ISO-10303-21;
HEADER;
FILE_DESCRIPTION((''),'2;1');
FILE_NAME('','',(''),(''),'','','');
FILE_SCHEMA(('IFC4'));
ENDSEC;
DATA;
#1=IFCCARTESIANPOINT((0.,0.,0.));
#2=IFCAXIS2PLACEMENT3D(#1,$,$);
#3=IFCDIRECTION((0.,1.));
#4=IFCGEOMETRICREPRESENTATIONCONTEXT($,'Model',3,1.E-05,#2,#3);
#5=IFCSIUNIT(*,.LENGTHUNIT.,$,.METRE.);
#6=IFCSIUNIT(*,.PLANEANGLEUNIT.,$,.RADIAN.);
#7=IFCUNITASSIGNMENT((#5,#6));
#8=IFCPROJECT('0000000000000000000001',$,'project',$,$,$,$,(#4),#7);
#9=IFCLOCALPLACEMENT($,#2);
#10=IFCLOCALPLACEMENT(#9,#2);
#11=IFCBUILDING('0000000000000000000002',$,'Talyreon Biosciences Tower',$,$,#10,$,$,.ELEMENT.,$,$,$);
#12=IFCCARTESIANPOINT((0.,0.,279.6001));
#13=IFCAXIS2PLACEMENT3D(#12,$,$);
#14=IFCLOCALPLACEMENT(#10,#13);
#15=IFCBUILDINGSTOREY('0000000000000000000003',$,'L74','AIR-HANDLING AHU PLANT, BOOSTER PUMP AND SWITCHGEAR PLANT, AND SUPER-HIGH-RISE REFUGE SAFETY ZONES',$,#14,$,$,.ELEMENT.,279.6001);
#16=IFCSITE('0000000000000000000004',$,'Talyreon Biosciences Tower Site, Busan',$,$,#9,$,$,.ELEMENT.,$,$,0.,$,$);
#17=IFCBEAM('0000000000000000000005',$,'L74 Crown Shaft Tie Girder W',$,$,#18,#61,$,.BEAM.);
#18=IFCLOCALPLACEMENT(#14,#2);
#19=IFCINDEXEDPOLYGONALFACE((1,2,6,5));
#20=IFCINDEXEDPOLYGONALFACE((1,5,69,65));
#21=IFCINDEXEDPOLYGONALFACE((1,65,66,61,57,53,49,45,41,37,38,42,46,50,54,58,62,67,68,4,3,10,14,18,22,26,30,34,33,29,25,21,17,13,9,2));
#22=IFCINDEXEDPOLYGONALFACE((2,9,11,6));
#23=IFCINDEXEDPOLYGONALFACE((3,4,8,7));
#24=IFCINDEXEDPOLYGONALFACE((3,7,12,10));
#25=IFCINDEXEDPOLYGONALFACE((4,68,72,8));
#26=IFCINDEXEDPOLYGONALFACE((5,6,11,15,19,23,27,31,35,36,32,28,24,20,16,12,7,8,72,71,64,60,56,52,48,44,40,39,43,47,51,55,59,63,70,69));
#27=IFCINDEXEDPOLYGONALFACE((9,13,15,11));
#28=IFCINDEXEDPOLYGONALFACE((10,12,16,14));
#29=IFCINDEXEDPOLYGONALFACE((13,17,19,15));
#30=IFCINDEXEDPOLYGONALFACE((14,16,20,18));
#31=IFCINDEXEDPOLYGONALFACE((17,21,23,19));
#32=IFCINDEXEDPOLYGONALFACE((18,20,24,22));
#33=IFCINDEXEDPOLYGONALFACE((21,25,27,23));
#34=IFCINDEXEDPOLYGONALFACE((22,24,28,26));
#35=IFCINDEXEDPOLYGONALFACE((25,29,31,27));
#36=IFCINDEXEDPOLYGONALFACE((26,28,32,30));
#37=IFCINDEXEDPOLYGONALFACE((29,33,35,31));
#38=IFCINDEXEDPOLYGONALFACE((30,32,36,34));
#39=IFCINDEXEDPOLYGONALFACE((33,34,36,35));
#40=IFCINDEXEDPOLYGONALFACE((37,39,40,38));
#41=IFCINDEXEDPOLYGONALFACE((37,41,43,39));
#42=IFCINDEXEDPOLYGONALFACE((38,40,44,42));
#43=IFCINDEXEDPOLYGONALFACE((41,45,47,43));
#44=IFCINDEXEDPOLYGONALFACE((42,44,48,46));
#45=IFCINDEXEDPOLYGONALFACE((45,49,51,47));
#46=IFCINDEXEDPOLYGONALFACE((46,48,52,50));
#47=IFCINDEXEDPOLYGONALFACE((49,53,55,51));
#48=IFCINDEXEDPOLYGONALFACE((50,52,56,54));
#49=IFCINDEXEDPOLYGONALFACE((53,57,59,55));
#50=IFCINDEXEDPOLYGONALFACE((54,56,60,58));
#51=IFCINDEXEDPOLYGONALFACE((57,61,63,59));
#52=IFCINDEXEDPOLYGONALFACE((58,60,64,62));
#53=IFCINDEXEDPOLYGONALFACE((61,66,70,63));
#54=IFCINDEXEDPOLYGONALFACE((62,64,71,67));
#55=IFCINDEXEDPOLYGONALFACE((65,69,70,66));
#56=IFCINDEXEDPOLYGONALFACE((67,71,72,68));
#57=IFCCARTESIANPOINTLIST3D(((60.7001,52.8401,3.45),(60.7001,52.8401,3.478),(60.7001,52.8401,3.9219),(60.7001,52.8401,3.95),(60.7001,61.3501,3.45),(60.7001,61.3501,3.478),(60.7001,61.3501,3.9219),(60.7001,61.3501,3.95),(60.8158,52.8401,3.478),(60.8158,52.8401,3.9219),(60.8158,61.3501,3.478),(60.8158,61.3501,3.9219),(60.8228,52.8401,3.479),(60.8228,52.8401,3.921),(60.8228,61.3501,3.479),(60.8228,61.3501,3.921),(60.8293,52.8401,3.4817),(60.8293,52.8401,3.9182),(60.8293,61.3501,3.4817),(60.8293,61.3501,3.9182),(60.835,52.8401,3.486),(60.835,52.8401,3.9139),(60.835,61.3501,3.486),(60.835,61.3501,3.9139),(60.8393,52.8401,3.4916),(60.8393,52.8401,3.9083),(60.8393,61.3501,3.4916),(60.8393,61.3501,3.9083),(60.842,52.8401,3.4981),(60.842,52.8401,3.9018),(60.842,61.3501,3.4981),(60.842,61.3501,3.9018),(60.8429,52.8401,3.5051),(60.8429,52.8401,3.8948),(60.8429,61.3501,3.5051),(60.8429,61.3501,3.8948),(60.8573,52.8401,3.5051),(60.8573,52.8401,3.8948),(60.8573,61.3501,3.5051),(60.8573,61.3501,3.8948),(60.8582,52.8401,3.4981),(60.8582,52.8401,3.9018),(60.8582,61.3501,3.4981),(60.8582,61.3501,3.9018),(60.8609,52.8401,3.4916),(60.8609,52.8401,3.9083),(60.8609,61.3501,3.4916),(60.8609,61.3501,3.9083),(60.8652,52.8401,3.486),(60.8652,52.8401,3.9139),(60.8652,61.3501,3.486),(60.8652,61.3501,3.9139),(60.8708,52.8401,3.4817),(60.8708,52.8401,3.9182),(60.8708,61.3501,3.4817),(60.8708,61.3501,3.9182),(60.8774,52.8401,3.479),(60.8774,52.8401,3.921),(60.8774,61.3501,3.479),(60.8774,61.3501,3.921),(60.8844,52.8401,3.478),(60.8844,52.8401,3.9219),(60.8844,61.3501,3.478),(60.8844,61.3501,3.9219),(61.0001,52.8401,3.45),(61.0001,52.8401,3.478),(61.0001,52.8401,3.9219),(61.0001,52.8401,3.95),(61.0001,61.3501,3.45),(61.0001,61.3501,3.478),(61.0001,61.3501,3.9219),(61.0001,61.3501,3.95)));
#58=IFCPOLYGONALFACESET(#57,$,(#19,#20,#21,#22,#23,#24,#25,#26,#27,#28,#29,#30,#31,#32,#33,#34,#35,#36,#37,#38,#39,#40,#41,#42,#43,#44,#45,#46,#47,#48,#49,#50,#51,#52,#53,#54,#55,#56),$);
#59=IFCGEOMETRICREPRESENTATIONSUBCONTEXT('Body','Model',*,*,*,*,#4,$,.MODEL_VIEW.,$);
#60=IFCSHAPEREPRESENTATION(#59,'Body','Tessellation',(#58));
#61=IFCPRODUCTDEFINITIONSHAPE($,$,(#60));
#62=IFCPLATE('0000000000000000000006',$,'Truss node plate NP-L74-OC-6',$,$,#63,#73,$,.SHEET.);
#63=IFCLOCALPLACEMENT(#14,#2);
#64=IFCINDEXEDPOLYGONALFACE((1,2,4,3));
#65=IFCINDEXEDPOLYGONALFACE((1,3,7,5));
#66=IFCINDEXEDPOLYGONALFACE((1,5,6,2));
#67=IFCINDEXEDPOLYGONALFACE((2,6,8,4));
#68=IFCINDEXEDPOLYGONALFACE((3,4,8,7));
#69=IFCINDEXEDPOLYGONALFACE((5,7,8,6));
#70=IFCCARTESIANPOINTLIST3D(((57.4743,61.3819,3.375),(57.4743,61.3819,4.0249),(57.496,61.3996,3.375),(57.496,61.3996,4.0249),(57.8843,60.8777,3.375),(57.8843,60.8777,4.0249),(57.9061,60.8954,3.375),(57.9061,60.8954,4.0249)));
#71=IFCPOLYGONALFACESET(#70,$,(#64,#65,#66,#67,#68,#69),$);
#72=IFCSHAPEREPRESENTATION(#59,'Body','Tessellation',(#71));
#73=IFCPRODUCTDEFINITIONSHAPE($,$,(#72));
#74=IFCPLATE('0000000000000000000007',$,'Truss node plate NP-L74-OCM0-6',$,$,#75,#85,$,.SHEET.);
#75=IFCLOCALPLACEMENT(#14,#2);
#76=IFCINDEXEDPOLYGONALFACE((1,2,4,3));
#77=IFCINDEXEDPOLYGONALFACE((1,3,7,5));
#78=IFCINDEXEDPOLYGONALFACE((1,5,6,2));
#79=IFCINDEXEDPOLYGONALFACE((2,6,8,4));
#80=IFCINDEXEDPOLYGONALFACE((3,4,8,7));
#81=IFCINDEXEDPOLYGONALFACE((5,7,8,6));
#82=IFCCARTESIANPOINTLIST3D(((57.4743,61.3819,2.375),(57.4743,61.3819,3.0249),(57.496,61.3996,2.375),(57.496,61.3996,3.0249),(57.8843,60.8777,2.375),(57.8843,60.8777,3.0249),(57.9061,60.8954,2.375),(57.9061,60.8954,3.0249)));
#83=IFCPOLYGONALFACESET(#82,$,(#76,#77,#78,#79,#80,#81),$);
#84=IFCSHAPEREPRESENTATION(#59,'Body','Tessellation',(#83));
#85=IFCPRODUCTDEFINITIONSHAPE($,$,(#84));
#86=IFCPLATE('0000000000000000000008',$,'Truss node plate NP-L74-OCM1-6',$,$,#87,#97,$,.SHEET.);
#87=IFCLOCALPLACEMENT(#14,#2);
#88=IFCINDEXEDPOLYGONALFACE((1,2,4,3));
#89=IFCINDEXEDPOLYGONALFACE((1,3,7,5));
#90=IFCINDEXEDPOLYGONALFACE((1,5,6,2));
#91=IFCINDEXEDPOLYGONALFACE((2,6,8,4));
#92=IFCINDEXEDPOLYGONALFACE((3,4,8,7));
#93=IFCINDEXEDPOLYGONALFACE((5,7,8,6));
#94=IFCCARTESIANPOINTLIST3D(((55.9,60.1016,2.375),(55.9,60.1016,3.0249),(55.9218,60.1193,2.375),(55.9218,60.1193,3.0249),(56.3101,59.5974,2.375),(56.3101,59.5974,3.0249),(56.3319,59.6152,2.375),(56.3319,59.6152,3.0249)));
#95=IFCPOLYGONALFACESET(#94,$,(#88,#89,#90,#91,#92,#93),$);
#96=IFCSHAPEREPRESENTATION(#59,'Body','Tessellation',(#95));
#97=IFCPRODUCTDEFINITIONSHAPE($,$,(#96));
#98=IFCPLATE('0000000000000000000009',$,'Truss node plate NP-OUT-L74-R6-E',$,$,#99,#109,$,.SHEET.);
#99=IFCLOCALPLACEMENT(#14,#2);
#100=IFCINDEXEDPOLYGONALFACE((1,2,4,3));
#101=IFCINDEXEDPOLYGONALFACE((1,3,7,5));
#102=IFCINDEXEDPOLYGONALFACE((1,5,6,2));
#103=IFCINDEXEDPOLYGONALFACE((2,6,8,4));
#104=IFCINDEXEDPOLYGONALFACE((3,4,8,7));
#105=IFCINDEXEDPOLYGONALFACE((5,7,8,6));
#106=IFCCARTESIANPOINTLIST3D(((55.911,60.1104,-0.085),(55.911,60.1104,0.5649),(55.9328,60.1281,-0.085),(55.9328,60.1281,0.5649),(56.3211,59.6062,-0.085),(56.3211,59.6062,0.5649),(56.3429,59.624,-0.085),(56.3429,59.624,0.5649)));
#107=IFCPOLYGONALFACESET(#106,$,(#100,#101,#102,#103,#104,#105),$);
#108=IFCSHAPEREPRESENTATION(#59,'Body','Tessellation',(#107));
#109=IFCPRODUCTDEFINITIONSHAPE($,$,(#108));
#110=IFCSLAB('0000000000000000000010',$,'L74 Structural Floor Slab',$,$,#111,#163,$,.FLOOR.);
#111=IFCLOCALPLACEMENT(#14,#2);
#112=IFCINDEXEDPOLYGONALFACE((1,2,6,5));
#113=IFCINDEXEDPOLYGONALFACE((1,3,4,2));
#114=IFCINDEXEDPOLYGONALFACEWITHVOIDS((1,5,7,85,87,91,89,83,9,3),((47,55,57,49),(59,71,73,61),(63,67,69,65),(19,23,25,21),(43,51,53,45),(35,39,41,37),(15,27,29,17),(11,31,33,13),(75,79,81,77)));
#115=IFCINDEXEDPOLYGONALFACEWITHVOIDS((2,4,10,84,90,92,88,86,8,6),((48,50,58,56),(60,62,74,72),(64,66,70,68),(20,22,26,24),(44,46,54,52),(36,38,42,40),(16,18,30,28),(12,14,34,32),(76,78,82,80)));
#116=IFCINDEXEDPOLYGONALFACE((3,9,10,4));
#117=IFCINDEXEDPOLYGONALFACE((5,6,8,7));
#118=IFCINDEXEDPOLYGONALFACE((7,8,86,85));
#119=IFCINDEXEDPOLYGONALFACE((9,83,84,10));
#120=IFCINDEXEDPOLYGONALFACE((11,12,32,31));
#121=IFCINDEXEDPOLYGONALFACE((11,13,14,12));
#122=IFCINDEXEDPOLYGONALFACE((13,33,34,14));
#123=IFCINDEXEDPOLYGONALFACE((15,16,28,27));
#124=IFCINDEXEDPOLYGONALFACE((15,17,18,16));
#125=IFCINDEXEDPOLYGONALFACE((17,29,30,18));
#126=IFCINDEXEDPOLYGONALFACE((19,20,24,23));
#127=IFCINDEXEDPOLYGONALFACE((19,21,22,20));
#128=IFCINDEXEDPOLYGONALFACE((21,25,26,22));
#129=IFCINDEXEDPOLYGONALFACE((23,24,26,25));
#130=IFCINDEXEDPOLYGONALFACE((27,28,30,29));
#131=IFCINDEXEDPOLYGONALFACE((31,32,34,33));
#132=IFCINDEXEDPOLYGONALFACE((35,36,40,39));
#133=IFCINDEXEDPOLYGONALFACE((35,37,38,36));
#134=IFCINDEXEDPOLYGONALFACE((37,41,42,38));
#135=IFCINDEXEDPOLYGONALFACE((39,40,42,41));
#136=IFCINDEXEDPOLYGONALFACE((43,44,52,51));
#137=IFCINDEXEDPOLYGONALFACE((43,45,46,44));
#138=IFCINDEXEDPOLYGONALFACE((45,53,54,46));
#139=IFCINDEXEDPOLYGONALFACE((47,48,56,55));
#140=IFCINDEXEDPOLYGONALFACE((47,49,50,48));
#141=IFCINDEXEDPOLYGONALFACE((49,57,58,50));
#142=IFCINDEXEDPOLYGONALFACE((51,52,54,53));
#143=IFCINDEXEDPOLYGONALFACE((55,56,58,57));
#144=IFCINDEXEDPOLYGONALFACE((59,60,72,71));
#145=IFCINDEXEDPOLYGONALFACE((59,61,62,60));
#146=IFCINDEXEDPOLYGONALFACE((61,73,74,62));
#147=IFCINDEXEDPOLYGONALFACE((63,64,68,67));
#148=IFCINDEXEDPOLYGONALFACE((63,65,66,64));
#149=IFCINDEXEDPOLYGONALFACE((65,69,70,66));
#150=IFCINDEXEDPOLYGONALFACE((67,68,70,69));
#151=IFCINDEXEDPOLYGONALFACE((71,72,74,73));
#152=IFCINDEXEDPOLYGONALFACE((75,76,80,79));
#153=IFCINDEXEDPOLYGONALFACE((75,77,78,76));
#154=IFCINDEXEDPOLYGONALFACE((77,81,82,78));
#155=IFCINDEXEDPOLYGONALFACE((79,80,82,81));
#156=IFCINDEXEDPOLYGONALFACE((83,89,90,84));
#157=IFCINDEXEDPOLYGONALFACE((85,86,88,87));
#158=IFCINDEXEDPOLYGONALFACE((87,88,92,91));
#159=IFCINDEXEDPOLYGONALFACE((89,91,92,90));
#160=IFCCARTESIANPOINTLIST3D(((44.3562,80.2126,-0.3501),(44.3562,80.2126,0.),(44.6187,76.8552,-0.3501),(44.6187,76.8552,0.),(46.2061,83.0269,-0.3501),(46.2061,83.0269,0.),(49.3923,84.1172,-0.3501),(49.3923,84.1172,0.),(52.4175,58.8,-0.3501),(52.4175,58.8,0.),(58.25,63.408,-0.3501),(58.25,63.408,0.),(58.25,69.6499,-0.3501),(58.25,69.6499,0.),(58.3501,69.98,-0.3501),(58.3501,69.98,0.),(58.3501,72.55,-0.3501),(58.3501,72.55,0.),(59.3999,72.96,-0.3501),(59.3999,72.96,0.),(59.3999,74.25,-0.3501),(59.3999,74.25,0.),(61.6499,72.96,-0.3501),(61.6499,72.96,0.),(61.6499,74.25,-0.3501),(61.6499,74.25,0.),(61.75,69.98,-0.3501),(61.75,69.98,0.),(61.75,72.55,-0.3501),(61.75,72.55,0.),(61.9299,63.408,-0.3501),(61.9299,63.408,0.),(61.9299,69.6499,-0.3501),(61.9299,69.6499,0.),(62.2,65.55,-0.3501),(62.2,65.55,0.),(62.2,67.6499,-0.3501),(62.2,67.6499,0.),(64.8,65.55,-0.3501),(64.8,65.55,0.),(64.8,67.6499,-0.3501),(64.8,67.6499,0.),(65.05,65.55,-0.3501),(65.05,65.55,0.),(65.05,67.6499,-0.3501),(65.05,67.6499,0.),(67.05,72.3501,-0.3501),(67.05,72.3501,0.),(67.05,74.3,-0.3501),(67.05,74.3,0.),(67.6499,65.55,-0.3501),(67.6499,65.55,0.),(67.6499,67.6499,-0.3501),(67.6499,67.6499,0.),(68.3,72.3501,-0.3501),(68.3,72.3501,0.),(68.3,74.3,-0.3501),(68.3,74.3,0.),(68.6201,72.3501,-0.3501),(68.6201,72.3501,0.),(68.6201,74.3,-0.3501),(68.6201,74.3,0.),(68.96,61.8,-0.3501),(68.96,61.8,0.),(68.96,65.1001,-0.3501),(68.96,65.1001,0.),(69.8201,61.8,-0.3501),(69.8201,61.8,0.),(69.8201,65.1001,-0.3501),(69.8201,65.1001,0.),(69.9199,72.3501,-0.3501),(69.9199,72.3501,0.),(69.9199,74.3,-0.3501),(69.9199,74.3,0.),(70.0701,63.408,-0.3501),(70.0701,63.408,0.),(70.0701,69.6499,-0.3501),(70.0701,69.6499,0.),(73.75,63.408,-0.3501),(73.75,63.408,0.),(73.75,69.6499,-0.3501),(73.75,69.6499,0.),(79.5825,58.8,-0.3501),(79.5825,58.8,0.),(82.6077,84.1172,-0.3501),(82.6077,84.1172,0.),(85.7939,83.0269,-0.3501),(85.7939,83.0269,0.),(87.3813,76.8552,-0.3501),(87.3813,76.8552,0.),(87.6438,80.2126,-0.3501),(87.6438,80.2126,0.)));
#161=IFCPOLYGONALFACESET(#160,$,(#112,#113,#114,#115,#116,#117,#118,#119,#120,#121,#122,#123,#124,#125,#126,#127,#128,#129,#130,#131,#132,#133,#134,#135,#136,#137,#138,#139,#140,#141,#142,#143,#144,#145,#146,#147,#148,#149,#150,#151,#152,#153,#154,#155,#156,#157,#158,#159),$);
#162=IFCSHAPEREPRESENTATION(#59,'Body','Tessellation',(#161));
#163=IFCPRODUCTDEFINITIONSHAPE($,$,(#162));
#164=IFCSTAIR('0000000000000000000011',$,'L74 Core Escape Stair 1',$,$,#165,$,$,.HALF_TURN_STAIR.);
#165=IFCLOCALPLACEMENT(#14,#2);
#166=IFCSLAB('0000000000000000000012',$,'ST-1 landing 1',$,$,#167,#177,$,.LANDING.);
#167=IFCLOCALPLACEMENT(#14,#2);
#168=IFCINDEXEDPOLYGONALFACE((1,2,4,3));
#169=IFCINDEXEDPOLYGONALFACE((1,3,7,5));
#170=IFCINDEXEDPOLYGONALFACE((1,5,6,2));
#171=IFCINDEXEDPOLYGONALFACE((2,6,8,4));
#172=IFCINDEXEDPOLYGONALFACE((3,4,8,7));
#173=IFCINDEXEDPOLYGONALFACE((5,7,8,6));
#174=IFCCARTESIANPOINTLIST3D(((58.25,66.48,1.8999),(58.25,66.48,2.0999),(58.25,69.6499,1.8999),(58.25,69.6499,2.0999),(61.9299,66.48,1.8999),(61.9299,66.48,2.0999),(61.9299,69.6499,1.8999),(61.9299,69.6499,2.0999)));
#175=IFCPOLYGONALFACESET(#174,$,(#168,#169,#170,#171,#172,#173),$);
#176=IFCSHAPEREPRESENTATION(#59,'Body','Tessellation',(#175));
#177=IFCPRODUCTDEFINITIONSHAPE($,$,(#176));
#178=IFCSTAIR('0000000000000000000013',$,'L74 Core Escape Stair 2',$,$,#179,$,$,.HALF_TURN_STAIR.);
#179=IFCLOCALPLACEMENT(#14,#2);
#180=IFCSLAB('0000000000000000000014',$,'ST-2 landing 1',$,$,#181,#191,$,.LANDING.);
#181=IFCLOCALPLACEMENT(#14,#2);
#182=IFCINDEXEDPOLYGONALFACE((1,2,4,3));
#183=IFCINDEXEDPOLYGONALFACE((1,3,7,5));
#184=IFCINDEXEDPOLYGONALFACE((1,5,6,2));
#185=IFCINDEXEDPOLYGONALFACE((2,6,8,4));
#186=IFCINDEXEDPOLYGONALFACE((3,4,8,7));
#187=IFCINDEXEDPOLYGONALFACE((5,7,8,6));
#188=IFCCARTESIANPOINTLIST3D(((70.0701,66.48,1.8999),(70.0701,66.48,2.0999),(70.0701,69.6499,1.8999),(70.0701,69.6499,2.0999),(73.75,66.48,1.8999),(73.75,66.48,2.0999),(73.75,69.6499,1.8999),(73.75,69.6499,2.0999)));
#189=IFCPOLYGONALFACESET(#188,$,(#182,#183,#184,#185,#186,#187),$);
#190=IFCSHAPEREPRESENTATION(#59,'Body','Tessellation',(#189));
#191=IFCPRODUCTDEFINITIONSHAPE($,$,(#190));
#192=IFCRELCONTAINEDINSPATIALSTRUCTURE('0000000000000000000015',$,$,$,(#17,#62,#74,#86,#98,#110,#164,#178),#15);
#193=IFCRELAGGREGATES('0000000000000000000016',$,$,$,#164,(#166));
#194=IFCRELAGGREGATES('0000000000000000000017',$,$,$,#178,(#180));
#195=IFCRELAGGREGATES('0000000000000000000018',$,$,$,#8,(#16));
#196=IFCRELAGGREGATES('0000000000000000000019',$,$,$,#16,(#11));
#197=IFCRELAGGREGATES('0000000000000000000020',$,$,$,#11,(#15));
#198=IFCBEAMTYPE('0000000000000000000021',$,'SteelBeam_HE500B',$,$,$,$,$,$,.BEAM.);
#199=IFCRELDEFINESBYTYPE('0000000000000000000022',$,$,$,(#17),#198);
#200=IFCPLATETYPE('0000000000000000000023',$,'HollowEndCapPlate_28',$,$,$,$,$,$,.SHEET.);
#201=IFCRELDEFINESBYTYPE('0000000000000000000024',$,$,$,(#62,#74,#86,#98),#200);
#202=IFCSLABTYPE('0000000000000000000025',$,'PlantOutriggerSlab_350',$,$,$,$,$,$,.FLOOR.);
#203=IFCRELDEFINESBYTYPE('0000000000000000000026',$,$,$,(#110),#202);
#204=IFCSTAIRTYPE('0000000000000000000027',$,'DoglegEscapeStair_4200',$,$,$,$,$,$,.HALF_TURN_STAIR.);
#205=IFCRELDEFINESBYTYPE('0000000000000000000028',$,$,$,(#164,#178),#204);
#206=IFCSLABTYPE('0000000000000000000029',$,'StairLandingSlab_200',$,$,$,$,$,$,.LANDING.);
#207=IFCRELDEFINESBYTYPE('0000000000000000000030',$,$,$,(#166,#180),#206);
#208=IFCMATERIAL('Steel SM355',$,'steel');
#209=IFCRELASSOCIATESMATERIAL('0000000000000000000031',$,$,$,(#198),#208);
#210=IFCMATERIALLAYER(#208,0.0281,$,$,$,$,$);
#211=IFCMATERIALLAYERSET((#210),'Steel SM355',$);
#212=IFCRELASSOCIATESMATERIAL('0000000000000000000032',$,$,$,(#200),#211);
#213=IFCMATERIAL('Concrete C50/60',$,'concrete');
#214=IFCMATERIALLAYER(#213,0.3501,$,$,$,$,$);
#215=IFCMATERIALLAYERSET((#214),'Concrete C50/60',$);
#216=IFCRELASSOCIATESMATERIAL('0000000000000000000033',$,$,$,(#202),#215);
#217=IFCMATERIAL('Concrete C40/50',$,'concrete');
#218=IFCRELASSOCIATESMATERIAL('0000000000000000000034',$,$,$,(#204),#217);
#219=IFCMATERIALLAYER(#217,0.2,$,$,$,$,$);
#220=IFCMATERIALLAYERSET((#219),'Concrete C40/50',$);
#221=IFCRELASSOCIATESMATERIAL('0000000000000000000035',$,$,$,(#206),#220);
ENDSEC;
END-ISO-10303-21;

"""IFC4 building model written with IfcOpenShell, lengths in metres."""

from ifc_helpers import new_model, si_unit, direction, frame, origin, origin_2d, place, context, subcontext, project, spatial, polyline, rectangle, i_section, outline, extrude, material, layer, layer_set, material_profile, profile_set, type_object, element, aggregate, save


model = new_model("IFC4")

# Units and contexts
model_context = context("Model", 3, precision=1e-05, world=origin(), true_north=direction((0.0, 1.0)))
body_context = subcontext(model_context, "Body", "Model", "MODEL_VIEW")
ifc_project = project(units=[si_unit("LENGTHUNIT", "METRE"), si_unit("PLANEANGLEUNIT", "RADIAN")], contexts=[model_context])

# Site, building, storey
site_placement = place(None, origin())
site = spatial("IfcSite", under=ifc_project, at=site_placement, Name="Talyreon Biosciences Tower Site, Busan", CompositionType="ELEMENT", RefElevation=0.0)
building_placement = place(site_placement, origin())
building = spatial("IfcBuilding", under=site, at=building_placement, Name="Talyreon Biosciences Tower", CompositionType="ELEMENT")
storey_placement = place(building_placement, frame((0.0, 0.0, 279.6001)))
storey = spatial("IfcBuildingStorey", under=building, at=storey_placement, Name="L74", Description="AIR-HANDLING AHU PLANT, BOOSTER PUMP AND SWITCHGEAR PLANT, AND SUPER-HIGH-RISE REFUGE SAFETY ZONES", CompositionType="ELEMENT", Elevation=279.6001)

# Shared definitions
ifc_material_1 = material(Name="Concrete C50/60", Category="concrete")

# Shared definitions
ifc_material_2 = material(Name="Steel SM355", Category="steel")

# Beam
ifc_material_profile_1 = material_profile(ifc_material_2, i_section(OverallWidth=0.3, OverallDepth=0.5, WebThickness=0.0144, FlangeThickness=0.0281, FilletRadius=0.0271, at=origin_2d()), Name="HE500B")
ifc_profile_set_1 = profile_set([ifc_material_profile_1], Name="Steel SM355")
beam_type_1 = type_object("IfcBeamType", Name="SteelBeam_HE500B", PredefinedType="BEAM", material=ifc_profile_set_1)
beam_1_placement = place(storey_placement, frame((60.8501, 52.8401, 3.7), z_axis=(0.0, 1.0, 0.0), x_axis=(-1.0, 0.0, 0.0)))
element("IfcBeam", 1, at=beam_1_placement, inside=storey, type_object=beam_type_1, Name="L74 Crown Shaft Tie Girder W", PredefinedType="BEAM", context=body_context, shape_type="SweptSolid", body=[
    extrude(i_section(OverallWidth=0.3, OverallDepth=0.5, WebThickness=0.0144, FlangeThickness=0.0281, FilletRadius=0.0271, at=origin_2d()), origin(), (0.0, 0.0, 1.0), 8.51),
])

# Plates
ifc_layer_1 = layer(ifc_material_2, 0.0281)
ifc_layer_set_1 = layer_set([ifc_layer_1], Name="Steel SM355")
plate_type_1 = type_object("IfcPlateType", Name="HollowEndCapPlate_28", PredefinedType="SHEET", material=ifc_layer_set_1)
for number, where, z_axis, x_axis, name in (
    (2, (57.6902, 61.1387, 3.375), (0.0, 0.0, 1.0), (0.631001, -0.775782, 0.0), "Truss node plate NP-L74-OC-6"),
    (3, (57.6902, 61.1387, 2.375), (0.0, 0.0, 1.0), (0.631001, -0.775782, 0.0), "Truss node plate NP-L74-OCM0-6"),
    (4, (56.116, 59.8584, 2.375), (0.0, 0.0, 1.0), (0.631001, -0.775782, 0.0), "Truss node plate NP-L74-OCM1-6"),
    (5, (56.127, 59.8672, -0.085), (0.0, 0.0, 1.0), (0.630987, -0.775793, 0.0), "Truss node plate NP-OUT-L74-R6-E"),
):
    element("IfcPlate", number, at=place(storey_placement, frame(where, z_axis=z_axis, x_axis=x_axis)), inside=storey, type_object=plate_type_1, Name=name, PredefinedType="SHEET", context=body_context, shape_type="SweptSolid", body=[
        extrude(rectangle(XDim=0.6499, YDim=0.0281, at=origin_2d()), origin(), (0.0, 0.0, 1.0), 0.6499),
    ])

# Slab
ifc_layer_2 = layer(ifc_material_1, 0.3501)
ifc_layer_set_2 = layer_set([ifc_layer_2], Name="Concrete C50/60")
slab_type_1 = type_object("IfcSlabType", Name="PlantOutriggerSlab_350", PredefinedType="FLOOR", material=ifc_layer_set_2)
slab_1_placement = place(storey_placement, frame((0.0, 0.0, -0.3501)))
element("IfcSlab", 6, at=slab_1_placement, inside=storey, type_object=slab_type_1, Name="L74 Structural Floor Slab", PredefinedType="FLOOR", context=body_context, shape_type="SweptSolid", body=[
    extrude(outline(polyline([(44.6187, 76.8552), (44.3562, 80.2126), (46.2061, 83.0269), (49.3923, 84.1172), (82.6077, 84.1172), (85.7939, 83.0269), (87.6438, 80.2126), (87.3813, 76.8552), (79.5825, 58.8), (52.4175, 58.8), (44.6187, 76.8552)]), holes=[polyline([(69.8201, 65.1001), (69.8201, 61.8), (68.96, 61.8), (68.96, 65.1001), (69.8201, 65.1001)]), polyline([(61.9299, 69.6499), (61.9299, 63.408), (58.25, 63.408), (58.25, 69.6499), (61.9299, 69.6499)]), polyline([(73.75, 69.6499), (73.75, 63.408), (70.0701, 63.408), (70.0701, 69.6499), (73.75, 69.6499)]), polyline([(64.8, 67.6499), (64.8, 65.55), (62.2, 65.55), (62.2, 67.6499), (64.8, 67.6499)]), polyline([(67.6499, 67.6499), (67.6499, 65.55), (65.05, 65.55), (65.05, 67.6499), (67.6499, 67.6499)]), polyline([(61.75, 72.55), (61.75, 69.98), (58.3501, 69.98), (58.3501, 72.55), (61.75, 72.55)]), polyline([(68.3, 74.3), (68.3, 72.3501), (67.05, 72.3501), (67.05, 74.3), (68.3, 74.3)]), polyline([(69.9199, 72.3501), (68.6201, 72.3501), (68.6201, 74.3), (69.9199, 74.3), (69.9199, 72.3501)]), polyline([(61.6499, 72.96), (59.3999, 72.96), (59.3999, 74.25), (61.6499, 74.25), (61.6499, 72.96)])]), origin(), (0.0, 0.0, 1.0), 0.3501),
])

# Stairs, slabs
ifc_material_3 = material(Name="Concrete C40/50", Category="concrete")
stair_type = type_object("IfcStairType", Name="DoglegEscapeStair_4200", PredefinedType="HALF_TURN_STAIR", material=ifc_material_3)
stair_1_placement = place(storey_placement, origin())
stair_1 = element("IfcStair", 7, at=stair_1_placement, inside=storey, type_object=stair_type, Name="L74 Core Escape Stair 1", PredefinedType="HALF_TURN_STAIR")
ifc_layer_3 = layer(ifc_material_3, 0.2)
ifc_layer_set_3 = layer_set([ifc_layer_3], Name="Concrete C40/50")
slab_type_2 = type_object("IfcSlabType", Name="StairLandingSlab_200", PredefinedType="LANDING", material=ifc_layer_set_3)
slab_2_placement = place(storey_placement, frame((0.0, 0.0, 1.8999)))
slab_2 = element("IfcSlab", 8, at=slab_2_placement, type_object=slab_type_2, Name="ST-1 landing 1", PredefinedType="LANDING", context=body_context, shape_type="SweptSolid", body=[
    extrude(outline(polyline([(61.9299, 66.48), (61.9299, 69.6499), (58.25, 69.6499), (58.25, 66.48), (61.9299, 66.48)])), origin(), (0.0, 0.0, 1.0), 0.2),
])
aggregate(stair_1, [slab_2])
stair_2_placement = place(storey_placement, origin())
stair_2 = element("IfcStair", 9, at=stair_2_placement, inside=storey, type_object=stair_type, Name="L74 Core Escape Stair 2", PredefinedType="HALF_TURN_STAIR")
slab_3_placement = place(storey_placement, frame((0.0, 0.0, 1.8999)))
slab_3 = element("IfcSlab", 10, at=slab_3_placement, type_object=slab_type_2, Name="ST-2 landing 1", PredefinedType="LANDING", context=body_context, shape_type="SweptSolid", body=[
    extrude(outline(polyline([(73.75, 66.48), (73.75, 69.6499), (70.0701, 69.6499), (70.0701, 66.48), (73.75, 66.48)])), origin(), (0.0, 0.0, 1.0), 0.2),
])
aggregate(stair_2, [slab_3])

save(model, "model.ifc")
